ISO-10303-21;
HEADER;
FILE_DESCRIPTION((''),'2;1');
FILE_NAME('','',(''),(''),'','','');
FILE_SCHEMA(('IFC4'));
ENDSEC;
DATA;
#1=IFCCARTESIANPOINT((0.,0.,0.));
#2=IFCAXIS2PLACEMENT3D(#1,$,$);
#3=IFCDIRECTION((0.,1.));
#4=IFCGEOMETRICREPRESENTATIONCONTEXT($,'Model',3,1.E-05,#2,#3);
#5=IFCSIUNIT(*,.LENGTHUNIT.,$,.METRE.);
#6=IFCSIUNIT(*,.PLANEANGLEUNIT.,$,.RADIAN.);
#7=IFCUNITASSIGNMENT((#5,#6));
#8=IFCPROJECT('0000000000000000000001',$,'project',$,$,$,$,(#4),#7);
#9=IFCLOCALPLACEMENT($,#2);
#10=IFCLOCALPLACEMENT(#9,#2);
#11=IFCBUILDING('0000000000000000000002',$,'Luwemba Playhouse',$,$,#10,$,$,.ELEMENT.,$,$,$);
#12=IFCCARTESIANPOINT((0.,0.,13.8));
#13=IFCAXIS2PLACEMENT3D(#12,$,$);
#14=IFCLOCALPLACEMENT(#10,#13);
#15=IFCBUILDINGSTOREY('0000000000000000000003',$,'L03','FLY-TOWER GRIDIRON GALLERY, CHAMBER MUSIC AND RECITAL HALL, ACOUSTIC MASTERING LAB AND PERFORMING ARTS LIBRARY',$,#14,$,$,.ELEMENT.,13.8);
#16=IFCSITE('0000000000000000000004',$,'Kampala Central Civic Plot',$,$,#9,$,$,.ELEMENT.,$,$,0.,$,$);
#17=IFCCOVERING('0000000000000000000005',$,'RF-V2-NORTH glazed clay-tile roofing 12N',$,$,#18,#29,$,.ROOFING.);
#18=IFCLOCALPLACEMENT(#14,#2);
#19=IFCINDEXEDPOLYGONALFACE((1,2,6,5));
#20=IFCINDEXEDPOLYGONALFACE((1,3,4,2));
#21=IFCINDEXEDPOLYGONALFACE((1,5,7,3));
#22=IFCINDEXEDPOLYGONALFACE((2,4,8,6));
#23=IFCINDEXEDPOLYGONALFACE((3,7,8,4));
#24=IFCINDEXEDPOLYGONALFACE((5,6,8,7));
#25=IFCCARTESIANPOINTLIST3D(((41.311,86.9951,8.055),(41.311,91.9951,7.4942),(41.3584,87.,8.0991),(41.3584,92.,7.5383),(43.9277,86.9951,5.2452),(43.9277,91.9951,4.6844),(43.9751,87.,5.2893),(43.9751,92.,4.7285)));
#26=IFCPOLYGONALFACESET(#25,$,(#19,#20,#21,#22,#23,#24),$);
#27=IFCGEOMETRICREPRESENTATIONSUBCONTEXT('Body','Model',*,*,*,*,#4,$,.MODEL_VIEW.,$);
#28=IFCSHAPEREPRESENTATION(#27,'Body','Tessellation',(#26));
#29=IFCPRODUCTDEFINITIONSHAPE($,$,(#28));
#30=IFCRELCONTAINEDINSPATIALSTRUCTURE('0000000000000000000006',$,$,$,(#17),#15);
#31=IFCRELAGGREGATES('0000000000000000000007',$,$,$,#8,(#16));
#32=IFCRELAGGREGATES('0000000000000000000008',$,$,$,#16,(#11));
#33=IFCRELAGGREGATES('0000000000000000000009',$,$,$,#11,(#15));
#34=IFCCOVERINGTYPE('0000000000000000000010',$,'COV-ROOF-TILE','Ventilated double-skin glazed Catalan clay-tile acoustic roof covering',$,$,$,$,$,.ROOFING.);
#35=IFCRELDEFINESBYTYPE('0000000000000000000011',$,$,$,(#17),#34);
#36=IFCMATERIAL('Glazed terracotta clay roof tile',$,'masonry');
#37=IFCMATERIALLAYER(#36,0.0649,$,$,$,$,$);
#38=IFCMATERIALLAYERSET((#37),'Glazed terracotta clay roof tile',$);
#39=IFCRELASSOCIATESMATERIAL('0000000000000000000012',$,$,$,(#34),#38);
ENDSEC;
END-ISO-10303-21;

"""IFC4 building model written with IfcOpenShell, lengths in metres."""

from ifc_helpers import new_model, si_unit, direction, frame, origin, place, context, subcontext, project, spatial, polyline, outline, extrude, material, layer, layer_set, type_object, element, save


model = new_model("IFC4")

# Units and contexts
model_context = context("Model", 3, precision=1e-05, world=origin(), true_north=direction((0.0, 1.0)))
body_context = subcontext(model_context, "Body", "Model", "MODEL_VIEW")
ifc_project = project(units=[si_unit("LENGTHUNIT", "METRE"), si_unit("PLANEANGLEUNIT", "RADIAN")], contexts=[model_context])

# Site, building, storey
site_placement = place(None, origin())
site = spatial("IfcSite", under=ifc_project, at=site_placement, Name="Kampala Central Civic Plot", CompositionType="ELEMENT", RefElevation=0.0)
building_placement = place(site_placement, origin())
building = spatial("IfcBuilding", under=site, at=building_placement, Name="Luwemba Playhouse", CompositionType="ELEMENT")
storey_placement = place(building_placement, frame((0.0, 0.0, 13.8)))
storey = spatial("IfcBuildingStorey", under=building, at=storey_placement, Name="L03", Description="FLY-TOWER GRIDIRON GALLERY, CHAMBER MUSIC AND RECITAL HALL, ACOUSTIC MASTERING LAB AND PERFORMING ARTS LIBRARY", CompositionType="ELEMENT", Elevation=13.8)

# Covering
ifc_material_1 = material(Name="Glazed terracotta clay roof tile", Category="masonry")
ifc_layer_1 = layer(ifc_material_1, 0.0649)
ifc_layer_set_1 = layer_set([ifc_layer_1], Name="Glazed terracotta clay roof tile")
covering_type = type_object("IfcCoveringType", Name="COV-ROOF-TILE", Description="Ventilated double-skin glazed Catalan clay-tile acoustic roof covering", PredefinedType="ROOFING", material=ifc_layer_set_1)
covering_1_placement = place(storey_placement, frame((41.3584, 87.0, 8.0991), z_axis=(0.729679, 0.076215, 0.679529), x_axis=(0.681511, 0.0, -0.731808)))
element("IfcCovering", 1, at=covering_1_placement, inside=storey, type_object=covering_type, Name="RF-V2-NORTH glazed clay-tile roofing 12N", PredefinedType="ROOFING", context=body_context, shape_type="SweptSolid", body=[
    extrude(outline(polyline([(0.0, 0.0), (3.8396, 0.0), (4.2499, 5.0146), (0.4104, 5.0146), (0.0, 0.0)])), origin(), (0.0, 0.0, -1.0), 0.0649),
])

save(model, "model.ifc")
